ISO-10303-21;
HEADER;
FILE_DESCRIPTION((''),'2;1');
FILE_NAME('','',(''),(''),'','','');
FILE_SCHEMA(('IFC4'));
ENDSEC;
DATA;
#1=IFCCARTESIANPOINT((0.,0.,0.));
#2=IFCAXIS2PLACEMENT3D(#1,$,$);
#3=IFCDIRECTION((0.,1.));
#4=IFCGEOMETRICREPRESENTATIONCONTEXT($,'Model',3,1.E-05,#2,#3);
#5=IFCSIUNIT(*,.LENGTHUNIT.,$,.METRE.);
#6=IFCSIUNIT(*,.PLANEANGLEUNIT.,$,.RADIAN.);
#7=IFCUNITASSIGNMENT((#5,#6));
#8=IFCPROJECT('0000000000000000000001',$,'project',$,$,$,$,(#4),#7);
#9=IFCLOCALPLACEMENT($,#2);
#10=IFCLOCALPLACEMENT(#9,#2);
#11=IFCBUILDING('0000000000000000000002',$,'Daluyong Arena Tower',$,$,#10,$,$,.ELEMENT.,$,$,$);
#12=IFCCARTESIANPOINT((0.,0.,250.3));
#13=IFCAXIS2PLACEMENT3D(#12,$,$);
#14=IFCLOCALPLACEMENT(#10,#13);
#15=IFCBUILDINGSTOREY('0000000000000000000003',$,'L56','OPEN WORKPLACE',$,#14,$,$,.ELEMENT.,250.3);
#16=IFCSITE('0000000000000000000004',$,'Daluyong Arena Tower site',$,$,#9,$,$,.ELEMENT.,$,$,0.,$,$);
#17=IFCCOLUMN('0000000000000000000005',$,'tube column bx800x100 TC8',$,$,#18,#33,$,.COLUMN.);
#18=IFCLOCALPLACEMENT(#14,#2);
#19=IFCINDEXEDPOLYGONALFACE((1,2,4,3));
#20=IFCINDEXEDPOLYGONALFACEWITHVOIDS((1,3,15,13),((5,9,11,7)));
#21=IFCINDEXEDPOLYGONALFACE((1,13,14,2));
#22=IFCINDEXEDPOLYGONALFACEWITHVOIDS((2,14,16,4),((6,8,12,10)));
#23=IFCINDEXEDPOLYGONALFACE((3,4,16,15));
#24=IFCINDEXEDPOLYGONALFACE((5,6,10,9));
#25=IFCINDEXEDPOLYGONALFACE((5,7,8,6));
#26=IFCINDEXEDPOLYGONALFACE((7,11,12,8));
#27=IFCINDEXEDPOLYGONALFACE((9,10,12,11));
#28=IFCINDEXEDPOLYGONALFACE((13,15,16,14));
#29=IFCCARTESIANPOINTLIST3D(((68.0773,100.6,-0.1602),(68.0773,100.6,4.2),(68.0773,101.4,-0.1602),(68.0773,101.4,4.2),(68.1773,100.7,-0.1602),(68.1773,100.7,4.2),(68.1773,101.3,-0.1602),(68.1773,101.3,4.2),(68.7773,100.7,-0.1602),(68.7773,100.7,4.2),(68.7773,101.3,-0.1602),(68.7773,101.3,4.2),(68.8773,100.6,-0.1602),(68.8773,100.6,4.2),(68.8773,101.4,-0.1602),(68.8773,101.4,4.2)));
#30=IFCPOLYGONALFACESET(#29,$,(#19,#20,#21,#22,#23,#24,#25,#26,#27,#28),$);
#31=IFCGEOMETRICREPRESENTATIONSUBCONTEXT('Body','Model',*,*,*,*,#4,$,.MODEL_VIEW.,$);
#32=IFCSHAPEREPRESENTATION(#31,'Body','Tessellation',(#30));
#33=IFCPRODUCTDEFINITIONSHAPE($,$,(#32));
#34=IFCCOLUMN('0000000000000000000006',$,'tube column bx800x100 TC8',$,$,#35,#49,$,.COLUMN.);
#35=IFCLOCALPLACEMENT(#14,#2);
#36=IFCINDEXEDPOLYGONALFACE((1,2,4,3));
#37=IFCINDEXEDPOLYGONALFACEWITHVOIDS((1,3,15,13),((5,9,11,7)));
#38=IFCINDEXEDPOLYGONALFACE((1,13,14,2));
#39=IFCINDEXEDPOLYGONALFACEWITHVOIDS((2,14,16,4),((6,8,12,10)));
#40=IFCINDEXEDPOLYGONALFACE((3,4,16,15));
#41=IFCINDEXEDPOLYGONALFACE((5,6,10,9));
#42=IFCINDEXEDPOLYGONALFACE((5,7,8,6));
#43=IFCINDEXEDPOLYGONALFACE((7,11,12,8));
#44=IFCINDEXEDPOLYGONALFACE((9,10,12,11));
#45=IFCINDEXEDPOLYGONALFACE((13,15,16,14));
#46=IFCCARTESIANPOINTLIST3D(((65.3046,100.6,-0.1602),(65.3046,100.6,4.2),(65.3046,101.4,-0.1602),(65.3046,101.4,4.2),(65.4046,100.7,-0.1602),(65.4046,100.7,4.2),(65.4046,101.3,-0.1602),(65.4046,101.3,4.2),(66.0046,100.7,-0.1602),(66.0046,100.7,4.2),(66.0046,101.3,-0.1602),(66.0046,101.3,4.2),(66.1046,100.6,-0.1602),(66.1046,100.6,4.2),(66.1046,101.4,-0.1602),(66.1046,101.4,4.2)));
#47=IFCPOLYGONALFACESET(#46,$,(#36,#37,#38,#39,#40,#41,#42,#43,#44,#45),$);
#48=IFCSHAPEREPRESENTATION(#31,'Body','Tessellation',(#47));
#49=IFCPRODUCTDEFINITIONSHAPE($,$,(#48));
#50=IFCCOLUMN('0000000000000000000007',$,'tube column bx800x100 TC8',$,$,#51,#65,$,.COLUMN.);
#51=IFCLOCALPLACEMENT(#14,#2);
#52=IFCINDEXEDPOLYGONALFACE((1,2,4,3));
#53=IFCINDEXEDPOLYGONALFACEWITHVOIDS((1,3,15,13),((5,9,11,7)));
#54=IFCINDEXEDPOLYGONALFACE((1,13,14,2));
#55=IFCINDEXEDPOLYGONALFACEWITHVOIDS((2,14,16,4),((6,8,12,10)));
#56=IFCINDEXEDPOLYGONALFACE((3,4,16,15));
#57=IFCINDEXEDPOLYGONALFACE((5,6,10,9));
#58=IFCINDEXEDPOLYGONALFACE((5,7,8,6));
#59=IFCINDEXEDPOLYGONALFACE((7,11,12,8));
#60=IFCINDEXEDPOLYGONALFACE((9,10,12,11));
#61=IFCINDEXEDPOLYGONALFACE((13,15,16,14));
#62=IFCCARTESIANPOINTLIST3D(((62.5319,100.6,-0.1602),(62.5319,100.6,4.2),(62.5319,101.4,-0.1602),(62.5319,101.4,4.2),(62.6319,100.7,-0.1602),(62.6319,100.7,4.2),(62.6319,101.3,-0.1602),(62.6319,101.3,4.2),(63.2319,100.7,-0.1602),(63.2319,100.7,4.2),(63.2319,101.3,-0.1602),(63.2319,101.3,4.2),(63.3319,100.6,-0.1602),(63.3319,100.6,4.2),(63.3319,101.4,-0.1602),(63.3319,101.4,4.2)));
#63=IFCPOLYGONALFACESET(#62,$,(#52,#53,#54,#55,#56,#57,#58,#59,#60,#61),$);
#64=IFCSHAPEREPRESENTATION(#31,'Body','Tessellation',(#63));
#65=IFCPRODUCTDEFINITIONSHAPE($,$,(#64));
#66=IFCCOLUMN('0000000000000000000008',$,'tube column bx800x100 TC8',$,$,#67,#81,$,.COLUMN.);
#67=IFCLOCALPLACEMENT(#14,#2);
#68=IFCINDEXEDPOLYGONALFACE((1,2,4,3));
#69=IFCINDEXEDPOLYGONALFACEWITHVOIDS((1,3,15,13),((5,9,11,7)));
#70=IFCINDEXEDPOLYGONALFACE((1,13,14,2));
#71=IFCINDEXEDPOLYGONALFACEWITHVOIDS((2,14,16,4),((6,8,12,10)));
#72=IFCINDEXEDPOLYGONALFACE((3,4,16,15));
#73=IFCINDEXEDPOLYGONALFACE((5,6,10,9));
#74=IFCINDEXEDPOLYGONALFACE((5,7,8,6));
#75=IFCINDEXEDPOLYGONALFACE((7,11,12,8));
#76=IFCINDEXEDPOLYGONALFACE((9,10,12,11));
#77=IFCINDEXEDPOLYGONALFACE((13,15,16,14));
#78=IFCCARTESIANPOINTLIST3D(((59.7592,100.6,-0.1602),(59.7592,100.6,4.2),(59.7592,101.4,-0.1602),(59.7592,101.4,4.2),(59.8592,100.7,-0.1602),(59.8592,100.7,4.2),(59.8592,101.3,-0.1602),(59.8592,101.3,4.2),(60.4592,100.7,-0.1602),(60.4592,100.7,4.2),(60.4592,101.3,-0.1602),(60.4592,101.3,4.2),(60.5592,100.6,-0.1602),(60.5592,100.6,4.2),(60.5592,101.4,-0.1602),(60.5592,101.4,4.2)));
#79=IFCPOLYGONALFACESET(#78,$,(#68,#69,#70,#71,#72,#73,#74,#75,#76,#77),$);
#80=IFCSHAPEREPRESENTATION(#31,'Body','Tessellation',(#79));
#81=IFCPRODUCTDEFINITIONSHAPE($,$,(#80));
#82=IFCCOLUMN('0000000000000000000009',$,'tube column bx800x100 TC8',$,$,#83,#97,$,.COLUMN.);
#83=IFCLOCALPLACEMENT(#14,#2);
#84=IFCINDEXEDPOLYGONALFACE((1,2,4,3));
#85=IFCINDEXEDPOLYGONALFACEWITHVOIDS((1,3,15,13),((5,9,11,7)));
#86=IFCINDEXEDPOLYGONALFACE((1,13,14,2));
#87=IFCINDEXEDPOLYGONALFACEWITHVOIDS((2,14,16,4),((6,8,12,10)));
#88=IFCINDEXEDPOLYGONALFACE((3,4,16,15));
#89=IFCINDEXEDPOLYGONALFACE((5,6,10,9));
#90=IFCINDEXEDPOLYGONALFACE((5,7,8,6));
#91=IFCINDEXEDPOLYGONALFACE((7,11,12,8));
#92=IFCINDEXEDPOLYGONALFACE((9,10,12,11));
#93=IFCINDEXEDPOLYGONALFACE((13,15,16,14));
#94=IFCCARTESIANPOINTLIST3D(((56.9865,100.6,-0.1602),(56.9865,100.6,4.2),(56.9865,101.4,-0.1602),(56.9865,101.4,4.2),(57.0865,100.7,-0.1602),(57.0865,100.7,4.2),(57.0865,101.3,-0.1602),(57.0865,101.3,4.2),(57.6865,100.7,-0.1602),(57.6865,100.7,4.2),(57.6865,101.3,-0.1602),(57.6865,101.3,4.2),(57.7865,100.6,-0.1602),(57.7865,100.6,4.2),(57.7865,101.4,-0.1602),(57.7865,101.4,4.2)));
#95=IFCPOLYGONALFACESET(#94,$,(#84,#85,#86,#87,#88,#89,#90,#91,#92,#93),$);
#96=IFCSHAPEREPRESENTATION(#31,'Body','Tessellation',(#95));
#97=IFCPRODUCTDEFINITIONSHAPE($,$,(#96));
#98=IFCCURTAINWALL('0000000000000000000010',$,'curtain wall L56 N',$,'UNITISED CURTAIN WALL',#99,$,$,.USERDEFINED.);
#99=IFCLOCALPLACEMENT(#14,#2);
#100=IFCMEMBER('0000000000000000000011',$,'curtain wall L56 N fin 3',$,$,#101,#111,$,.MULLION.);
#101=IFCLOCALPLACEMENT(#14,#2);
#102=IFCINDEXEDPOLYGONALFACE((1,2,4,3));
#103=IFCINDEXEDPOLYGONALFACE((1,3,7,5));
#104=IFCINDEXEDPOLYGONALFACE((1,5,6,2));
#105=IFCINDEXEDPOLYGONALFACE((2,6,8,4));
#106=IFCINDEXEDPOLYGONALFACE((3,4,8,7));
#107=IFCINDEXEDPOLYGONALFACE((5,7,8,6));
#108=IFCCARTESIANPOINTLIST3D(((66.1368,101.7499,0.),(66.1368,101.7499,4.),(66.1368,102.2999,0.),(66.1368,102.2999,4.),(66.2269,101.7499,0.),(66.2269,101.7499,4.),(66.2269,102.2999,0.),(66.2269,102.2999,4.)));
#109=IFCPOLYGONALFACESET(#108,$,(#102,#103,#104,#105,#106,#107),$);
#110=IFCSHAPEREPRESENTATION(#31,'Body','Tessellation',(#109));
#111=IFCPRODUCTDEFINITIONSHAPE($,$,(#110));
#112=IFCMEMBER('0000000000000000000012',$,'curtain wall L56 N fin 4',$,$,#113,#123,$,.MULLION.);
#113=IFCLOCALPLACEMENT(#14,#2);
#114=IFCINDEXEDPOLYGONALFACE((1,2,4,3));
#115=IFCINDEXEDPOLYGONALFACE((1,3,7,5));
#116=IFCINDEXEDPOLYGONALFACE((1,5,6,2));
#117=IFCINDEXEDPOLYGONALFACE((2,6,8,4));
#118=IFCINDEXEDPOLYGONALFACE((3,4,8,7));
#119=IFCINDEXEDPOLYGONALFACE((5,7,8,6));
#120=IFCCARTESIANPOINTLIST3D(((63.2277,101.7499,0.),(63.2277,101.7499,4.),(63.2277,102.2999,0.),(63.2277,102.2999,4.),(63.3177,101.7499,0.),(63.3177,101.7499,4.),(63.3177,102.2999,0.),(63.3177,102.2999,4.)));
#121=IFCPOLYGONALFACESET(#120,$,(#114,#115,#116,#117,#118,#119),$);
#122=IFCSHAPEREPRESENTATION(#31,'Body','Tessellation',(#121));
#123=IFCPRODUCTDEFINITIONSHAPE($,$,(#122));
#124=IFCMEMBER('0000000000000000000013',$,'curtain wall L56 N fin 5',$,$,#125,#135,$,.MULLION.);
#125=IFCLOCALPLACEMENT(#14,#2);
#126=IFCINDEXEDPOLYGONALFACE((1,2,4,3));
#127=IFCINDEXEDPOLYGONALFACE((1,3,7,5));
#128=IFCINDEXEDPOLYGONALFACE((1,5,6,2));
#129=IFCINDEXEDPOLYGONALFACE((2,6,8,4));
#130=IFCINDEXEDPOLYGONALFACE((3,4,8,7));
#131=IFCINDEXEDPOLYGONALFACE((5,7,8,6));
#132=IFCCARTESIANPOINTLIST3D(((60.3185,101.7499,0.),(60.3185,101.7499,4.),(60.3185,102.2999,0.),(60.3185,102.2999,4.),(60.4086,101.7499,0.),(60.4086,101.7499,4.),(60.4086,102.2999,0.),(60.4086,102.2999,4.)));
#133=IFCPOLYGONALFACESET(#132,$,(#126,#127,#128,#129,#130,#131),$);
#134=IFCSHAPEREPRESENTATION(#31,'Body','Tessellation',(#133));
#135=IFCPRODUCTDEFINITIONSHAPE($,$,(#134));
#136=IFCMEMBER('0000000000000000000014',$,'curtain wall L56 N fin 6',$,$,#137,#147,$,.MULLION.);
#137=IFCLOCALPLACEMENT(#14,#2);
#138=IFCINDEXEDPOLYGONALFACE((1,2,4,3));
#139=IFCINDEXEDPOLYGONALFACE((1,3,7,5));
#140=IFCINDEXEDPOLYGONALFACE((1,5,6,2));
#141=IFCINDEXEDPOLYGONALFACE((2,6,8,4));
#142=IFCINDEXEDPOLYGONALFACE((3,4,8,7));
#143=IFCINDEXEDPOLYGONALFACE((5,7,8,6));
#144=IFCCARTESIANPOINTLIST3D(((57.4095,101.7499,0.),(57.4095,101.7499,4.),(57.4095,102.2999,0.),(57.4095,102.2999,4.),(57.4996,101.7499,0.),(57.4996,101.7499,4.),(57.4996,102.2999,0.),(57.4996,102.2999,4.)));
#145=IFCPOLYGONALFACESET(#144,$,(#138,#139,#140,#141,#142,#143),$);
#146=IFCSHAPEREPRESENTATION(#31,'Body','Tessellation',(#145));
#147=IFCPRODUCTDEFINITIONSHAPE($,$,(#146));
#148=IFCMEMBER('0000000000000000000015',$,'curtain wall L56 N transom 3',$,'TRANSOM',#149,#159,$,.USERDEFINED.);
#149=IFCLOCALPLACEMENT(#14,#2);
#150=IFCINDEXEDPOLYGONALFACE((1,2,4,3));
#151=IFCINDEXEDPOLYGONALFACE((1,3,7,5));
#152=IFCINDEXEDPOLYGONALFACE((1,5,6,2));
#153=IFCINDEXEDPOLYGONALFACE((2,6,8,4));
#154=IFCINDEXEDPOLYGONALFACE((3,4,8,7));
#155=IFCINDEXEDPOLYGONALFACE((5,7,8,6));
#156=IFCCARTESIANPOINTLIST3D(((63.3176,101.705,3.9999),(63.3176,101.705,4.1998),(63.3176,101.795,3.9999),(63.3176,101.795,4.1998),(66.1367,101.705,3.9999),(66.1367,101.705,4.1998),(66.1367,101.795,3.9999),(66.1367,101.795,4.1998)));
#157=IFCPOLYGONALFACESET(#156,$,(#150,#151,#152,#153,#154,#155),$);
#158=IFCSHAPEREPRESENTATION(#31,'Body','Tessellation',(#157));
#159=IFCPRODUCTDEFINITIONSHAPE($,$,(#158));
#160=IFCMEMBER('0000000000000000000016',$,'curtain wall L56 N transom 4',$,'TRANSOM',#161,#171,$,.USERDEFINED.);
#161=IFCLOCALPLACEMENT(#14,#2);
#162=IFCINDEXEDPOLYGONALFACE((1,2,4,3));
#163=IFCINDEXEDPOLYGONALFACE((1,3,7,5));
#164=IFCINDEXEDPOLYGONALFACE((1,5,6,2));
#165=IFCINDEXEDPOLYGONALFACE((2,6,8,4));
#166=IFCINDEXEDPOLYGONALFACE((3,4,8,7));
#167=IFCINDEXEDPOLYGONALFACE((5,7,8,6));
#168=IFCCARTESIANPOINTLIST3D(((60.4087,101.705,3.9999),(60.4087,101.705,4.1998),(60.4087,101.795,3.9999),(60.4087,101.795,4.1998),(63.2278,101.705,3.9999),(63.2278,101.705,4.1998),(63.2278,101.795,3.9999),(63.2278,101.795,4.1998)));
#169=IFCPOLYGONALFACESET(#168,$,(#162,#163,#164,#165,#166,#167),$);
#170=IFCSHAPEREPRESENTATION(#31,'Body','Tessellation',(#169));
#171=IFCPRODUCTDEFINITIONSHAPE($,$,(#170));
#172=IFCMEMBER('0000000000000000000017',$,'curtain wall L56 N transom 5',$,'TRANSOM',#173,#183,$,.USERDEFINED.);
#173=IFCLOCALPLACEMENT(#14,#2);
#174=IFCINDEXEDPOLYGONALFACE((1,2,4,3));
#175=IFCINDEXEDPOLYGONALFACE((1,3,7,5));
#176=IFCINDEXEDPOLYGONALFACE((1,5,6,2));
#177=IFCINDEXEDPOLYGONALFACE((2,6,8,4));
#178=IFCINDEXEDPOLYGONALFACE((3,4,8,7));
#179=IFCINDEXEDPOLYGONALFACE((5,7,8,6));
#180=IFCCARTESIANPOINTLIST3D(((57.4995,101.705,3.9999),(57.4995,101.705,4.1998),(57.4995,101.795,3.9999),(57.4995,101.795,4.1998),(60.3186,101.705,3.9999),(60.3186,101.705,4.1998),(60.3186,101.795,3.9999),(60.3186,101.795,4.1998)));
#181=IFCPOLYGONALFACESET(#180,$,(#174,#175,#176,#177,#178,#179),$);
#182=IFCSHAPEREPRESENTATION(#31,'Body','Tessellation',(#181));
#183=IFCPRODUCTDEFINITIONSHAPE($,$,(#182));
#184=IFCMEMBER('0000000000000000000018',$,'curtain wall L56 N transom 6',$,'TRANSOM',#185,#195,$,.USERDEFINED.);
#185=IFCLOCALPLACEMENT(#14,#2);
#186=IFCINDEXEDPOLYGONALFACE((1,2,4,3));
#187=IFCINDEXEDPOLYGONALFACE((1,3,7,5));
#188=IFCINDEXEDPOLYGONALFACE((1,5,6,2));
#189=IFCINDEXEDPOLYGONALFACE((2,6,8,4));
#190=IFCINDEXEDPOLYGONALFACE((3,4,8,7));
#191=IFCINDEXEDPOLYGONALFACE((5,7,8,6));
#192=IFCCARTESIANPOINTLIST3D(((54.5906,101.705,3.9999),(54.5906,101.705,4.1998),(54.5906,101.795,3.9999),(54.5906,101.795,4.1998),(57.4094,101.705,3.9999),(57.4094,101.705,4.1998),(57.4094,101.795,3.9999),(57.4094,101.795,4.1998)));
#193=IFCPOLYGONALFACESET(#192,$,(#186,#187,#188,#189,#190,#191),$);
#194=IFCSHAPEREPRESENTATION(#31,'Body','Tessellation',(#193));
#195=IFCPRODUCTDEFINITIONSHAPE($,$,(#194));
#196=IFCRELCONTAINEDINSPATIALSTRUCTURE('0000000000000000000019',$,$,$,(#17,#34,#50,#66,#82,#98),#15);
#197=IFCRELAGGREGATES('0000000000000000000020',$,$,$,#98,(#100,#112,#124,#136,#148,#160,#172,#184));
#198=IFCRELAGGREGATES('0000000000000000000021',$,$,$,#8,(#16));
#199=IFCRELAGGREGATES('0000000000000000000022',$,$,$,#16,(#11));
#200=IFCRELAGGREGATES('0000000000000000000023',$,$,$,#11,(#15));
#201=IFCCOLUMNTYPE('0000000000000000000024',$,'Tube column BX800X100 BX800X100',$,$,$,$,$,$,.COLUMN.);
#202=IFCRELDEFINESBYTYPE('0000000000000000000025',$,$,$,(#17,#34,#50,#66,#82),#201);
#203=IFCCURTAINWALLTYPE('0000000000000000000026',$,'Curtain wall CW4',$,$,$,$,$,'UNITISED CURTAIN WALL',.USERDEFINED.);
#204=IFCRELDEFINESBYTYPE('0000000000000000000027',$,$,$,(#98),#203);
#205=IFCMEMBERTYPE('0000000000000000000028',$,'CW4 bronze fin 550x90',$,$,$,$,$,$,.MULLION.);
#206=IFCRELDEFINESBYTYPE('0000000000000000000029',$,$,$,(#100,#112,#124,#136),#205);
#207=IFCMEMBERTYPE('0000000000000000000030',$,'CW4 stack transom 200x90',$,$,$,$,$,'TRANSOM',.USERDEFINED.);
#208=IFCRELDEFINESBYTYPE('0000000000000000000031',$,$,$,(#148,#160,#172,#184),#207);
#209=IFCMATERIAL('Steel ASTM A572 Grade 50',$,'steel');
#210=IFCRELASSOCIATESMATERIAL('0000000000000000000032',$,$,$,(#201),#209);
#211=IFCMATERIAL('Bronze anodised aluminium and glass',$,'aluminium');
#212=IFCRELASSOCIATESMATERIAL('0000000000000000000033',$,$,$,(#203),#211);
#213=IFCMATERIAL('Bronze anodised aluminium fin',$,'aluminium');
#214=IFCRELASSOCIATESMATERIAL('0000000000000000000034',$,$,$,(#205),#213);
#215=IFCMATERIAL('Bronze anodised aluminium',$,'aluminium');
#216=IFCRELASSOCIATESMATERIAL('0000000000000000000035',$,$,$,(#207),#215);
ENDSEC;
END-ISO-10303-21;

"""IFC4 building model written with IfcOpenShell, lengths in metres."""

from ifc_helpers import new_model, si_unit, direction, frame, origin, origin_2d, place, context, subcontext, project, spatial, rectangle, hollow_rectangle, extrude, material, material_profile, profile_set, type_object, element, aggregate, save


model = new_model("IFC4")

# Units and contexts
model_context = context("Model", 3, precision=1e-05, world=origin(), true_north=direction((0.0, 1.0)))
body_context = subcontext(model_context, "Body", "Model", "MODEL_VIEW")
ifc_project = project(units=[si_unit("LENGTHUNIT", "METRE"), si_unit("PLANEANGLEUNIT", "RADIAN")], contexts=[model_context])

# Site, building, storey
site_placement = place(None, origin())
site = spatial("IfcSite", under=ifc_project, at=site_placement, Name="Daluyong Arena Tower site", CompositionType="ELEMENT", RefElevation=0.0)
building_placement = place(site_placement, origin())
building = spatial("IfcBuilding", under=site, at=building_placement, Name="Daluyong Arena Tower", CompositionType="ELEMENT")
storey_placement = place(building_placement, frame((0.0, 0.0, 250.3)))
storey = spatial("IfcBuildingStorey", under=building, at=storey_placement, Name="L56", Description="OPEN WORKPLACE", CompositionType="ELEMENT", Elevation=250.3)

# Columns
ifc_material_1 = material(Name="Steel ASTM A572 Grade 50", Category="steel")
ifc_material_profile_1 = material_profile(ifc_material_1, hollow_rectangle(XDim=0.8, YDim=0.8, WallThickness=0.1, at=origin_2d()))
ifc_profile_set_1 = profile_set([ifc_material_profile_1], Name="Steel ASTM A572 Grade 50")
column_type = type_object("IfcColumnType", Name="Tube column BX800X100 BX800X100", PredefinedType="COLUMN", material=ifc_profile_set_1)
for number, where, z_axis, x_axis, name in (
    (1, (68.4773, 101.0, -0.1602), (0.0, 0.0, 1.0), (1.0, 0.0, 0.0), "tube column bx800x100 TC8"),
    (2, (65.7046, 101.0, -0.1602), (0.0, 0.0, 1.0), (1.0, 0.0, 0.0), "tube column bx800x100 TC8"),
    (3, (62.9319, 101.0, -0.1602), (0.0, 0.0, 1.0), (1.0, 0.0, 0.0), "tube column bx800x100 TC8"),
    (4, (60.1592, 101.0, -0.1602), (0.0, 0.0, 1.0), (1.0, 0.0, 0.0), "tube column bx800x100 TC8"),
    (5, (57.3865, 101.0, -0.1602), (0.0, 0.0, 1.0), (1.0, 0.0, 0.0), "tube column bx800x100 TC8"),
):
    element("IfcColumn", number, at=place(storey_placement, frame(where, z_axis=z_axis, x_axis=x_axis)), inside=storey, type_object=column_type, Name=name, PredefinedType="COLUMN", context=body_context, shape_type="SweptSolid", body=[
        extrude(hollow_rectangle(XDim=0.8, YDim=0.8, WallThickness=0.1, at=origin_2d()), origin(), (0.0, 0.0, 1.0), 4.3601),
    ])

# Curtain wall, members
ifc_material_2 = material(Name="Bronze anodised aluminium and glass", Category="aluminium")
curtain_wall_type = type_object("IfcCurtainWallType", Name="Curtain wall CW4", ElementType="UNITISED CURTAIN WALL", PredefinedType="USERDEFINED", material=ifc_material_2)
curtain_wall_placement = place(storey_placement, origin())
curtain_wall = element("IfcCurtainWall", 6, at=curtain_wall_placement, inside=storey, type_object=curtain_wall_type, Name="curtain wall L56 N", ObjectType="UNITISED CURTAIN WALL", PredefinedType="USERDEFINED")
ifc_material_3 = material(Name="Bronze anodised aluminium fin", Category="aluminium")
ifc_material_profile_2 = material_profile(ifc_material_3, rectangle(XDim=0.55, YDim=0.0901, at=origin_2d()))
ifc_profile_set_2 = profile_set([ifc_material_profile_2], Name="Bronze anodised aluminium fin")
member_type_1 = type_object("IfcMemberType", Name="CW4 bronze fin 550x90", PredefinedType="MULLION", material=ifc_profile_set_2)
member_1_placement = place(storey_placement, frame((66.1819, 102.0249, 0.0), z_axis=(0.0, 0.0, 1.0), x_axis=(0.0, -1.0, 0.0)))
member_1 = element("IfcMember", 7, at=member_1_placement, type_object=member_type_1, Name="curtain wall L56 N fin 3", PredefinedType="MULLION", context=body_context, shape_type="SweptSolid", body=[
    extrude(rectangle(XDim=0.55, YDim=0.0901, at=origin_2d()), origin(), (0.0, 0.0, 1.0), 4.0),
])
member_2_placement = place(storey_placement, frame((63.2727, 102.0249, 0.0), z_axis=(0.0, 0.0, 1.0), x_axis=(0.0, -1.0, 0.0)))
member_2 = element("IfcMember", 8, at=member_2_placement, type_object=member_type_1, Name="curtain wall L56 N fin 4", PredefinedType="MULLION", context=body_context, shape_type="SweptSolid", body=[
    extrude(rectangle(XDim=0.55, YDim=0.0901, at=origin_2d()), origin(), (0.0, 0.0, 1.0), 4.0),
])
member_3_placement = place(storey_placement, frame((60.3635, 102.0249, 0.0), z_axis=(0.0, 0.0, 1.0), x_axis=(0.0, -1.0, 0.0)))
member_3 = element("IfcMember", 9, at=member_3_placement, type_object=member_type_1, Name="curtain wall L56 N fin 5", PredefinedType="MULLION", context=body_context, shape_type="SweptSolid", body=[
    extrude(rectangle(XDim=0.55, YDim=0.0901, at=origin_2d()), origin(), (0.0, 0.0, 1.0), 4.0),
])
member_4_placement = place(storey_placement, frame((57.4546, 102.0249, 0.0), z_axis=(0.0, 0.0, 1.0), x_axis=(0.0, -1.0, 0.0)))
member_4 = element("IfcMember", 10, at=member_4_placement, type_object=member_type_1, Name="curtain wall L56 N fin 6", PredefinedType="MULLION", context=body_context, shape_type="SweptSolid", body=[
    extrude(rectangle(XDim=0.55, YDim=0.0901, at=origin_2d()), origin(), (0.0, 0.0, 1.0), 4.0),
])
ifc_material_4 = material(Name="Bronze anodised aluminium", Category="aluminium")
ifc_material_profile_3 = material_profile(ifc_material_4, rectangle(XDim=0.0901, YDim=0.2, at=origin_2d()))
ifc_profile_set_3 = profile_set([ifc_material_profile_3], Name="Bronze anodised aluminium")
member_type_2 = type_object("IfcMemberType", Name="CW4 stack transom 200x90", ElementType="TRANSOM", PredefinedType="USERDEFINED", material=ifc_profile_set_3)
member_5_placement = place(storey_placement, frame((66.1367, 101.75, 4.0999), z_axis=(-1.0, 0.0, 0.0), x_axis=(0.0, -1.0, 0.0)))
member_5 = element("IfcMember", 11, at=member_5_placement, type_object=member_type_2, Name="curtain wall L56 N transom 3", ObjectType="TRANSOM", PredefinedType="USERDEFINED", context=body_context, shape_type="SweptSolid", body=[
    extrude(rectangle(XDim=0.0901, YDim=0.2, at=origin_2d()), origin(), (0.0, 0.0, 1.0), 2.8191),
])
member_6_placement = place(storey_placement, frame((63.2278, 101.75, 4.0999), z_axis=(-1.0, 0.0, 0.0), x_axis=(0.0, -1.0, 0.0)))
member_6 = element("IfcMember", 12, at=member_6_placement, type_object=member_type_2, Name="curtain wall L56 N transom 4", ObjectType="TRANSOM", PredefinedType="USERDEFINED", context=body_context, shape_type="SweptSolid", body=[
    extrude(rectangle(XDim=0.0901, YDim=0.2, at=origin_2d()), origin(), (0.0, 0.0, 1.0), 2.8191),
])
member_7_placement = place(storey_placement, frame((60.3186, 101.75, 4.0999), z_axis=(-1.0, 0.0, 0.0), x_axis=(0.0, -1.0, 0.0)))
member_7 = element("IfcMember", 13, at=member_7_placement, type_object=member_type_2, Name="curtain wall L56 N transom 5", ObjectType="TRANSOM", PredefinedType="USERDEFINED", context=body_context, shape_type="SweptSolid", body=[
    extrude(rectangle(XDim=0.0901, YDim=0.2, at=origin_2d()), origin(), (0.0, 0.0, 1.0), 2.8191),
])
member_8_placement = place(storey_placement, frame((57.4094, 101.75, 4.0999), z_axis=(-1.0, 0.0, 0.0), x_axis=(0.0, -1.0, 0.0)))
member_8 = element("IfcMember", 14, at=member_8_placement, type_object=member_type_2, Name="curtain wall L56 N transom 6", ObjectType="TRANSOM", PredefinedType="USERDEFINED", context=body_context, shape_type="SweptSolid", body=[
    extrude(rectangle(XDim=0.0901, YDim=0.2, at=origin_2d()), origin(), (0.0, 0.0, 1.0), 2.8188),
])

aggregate(curtain_wall, [member_1, member_2, member_3, member_4, member_5, member_6, member_7, member_8])

save(model, "model.ifc")
